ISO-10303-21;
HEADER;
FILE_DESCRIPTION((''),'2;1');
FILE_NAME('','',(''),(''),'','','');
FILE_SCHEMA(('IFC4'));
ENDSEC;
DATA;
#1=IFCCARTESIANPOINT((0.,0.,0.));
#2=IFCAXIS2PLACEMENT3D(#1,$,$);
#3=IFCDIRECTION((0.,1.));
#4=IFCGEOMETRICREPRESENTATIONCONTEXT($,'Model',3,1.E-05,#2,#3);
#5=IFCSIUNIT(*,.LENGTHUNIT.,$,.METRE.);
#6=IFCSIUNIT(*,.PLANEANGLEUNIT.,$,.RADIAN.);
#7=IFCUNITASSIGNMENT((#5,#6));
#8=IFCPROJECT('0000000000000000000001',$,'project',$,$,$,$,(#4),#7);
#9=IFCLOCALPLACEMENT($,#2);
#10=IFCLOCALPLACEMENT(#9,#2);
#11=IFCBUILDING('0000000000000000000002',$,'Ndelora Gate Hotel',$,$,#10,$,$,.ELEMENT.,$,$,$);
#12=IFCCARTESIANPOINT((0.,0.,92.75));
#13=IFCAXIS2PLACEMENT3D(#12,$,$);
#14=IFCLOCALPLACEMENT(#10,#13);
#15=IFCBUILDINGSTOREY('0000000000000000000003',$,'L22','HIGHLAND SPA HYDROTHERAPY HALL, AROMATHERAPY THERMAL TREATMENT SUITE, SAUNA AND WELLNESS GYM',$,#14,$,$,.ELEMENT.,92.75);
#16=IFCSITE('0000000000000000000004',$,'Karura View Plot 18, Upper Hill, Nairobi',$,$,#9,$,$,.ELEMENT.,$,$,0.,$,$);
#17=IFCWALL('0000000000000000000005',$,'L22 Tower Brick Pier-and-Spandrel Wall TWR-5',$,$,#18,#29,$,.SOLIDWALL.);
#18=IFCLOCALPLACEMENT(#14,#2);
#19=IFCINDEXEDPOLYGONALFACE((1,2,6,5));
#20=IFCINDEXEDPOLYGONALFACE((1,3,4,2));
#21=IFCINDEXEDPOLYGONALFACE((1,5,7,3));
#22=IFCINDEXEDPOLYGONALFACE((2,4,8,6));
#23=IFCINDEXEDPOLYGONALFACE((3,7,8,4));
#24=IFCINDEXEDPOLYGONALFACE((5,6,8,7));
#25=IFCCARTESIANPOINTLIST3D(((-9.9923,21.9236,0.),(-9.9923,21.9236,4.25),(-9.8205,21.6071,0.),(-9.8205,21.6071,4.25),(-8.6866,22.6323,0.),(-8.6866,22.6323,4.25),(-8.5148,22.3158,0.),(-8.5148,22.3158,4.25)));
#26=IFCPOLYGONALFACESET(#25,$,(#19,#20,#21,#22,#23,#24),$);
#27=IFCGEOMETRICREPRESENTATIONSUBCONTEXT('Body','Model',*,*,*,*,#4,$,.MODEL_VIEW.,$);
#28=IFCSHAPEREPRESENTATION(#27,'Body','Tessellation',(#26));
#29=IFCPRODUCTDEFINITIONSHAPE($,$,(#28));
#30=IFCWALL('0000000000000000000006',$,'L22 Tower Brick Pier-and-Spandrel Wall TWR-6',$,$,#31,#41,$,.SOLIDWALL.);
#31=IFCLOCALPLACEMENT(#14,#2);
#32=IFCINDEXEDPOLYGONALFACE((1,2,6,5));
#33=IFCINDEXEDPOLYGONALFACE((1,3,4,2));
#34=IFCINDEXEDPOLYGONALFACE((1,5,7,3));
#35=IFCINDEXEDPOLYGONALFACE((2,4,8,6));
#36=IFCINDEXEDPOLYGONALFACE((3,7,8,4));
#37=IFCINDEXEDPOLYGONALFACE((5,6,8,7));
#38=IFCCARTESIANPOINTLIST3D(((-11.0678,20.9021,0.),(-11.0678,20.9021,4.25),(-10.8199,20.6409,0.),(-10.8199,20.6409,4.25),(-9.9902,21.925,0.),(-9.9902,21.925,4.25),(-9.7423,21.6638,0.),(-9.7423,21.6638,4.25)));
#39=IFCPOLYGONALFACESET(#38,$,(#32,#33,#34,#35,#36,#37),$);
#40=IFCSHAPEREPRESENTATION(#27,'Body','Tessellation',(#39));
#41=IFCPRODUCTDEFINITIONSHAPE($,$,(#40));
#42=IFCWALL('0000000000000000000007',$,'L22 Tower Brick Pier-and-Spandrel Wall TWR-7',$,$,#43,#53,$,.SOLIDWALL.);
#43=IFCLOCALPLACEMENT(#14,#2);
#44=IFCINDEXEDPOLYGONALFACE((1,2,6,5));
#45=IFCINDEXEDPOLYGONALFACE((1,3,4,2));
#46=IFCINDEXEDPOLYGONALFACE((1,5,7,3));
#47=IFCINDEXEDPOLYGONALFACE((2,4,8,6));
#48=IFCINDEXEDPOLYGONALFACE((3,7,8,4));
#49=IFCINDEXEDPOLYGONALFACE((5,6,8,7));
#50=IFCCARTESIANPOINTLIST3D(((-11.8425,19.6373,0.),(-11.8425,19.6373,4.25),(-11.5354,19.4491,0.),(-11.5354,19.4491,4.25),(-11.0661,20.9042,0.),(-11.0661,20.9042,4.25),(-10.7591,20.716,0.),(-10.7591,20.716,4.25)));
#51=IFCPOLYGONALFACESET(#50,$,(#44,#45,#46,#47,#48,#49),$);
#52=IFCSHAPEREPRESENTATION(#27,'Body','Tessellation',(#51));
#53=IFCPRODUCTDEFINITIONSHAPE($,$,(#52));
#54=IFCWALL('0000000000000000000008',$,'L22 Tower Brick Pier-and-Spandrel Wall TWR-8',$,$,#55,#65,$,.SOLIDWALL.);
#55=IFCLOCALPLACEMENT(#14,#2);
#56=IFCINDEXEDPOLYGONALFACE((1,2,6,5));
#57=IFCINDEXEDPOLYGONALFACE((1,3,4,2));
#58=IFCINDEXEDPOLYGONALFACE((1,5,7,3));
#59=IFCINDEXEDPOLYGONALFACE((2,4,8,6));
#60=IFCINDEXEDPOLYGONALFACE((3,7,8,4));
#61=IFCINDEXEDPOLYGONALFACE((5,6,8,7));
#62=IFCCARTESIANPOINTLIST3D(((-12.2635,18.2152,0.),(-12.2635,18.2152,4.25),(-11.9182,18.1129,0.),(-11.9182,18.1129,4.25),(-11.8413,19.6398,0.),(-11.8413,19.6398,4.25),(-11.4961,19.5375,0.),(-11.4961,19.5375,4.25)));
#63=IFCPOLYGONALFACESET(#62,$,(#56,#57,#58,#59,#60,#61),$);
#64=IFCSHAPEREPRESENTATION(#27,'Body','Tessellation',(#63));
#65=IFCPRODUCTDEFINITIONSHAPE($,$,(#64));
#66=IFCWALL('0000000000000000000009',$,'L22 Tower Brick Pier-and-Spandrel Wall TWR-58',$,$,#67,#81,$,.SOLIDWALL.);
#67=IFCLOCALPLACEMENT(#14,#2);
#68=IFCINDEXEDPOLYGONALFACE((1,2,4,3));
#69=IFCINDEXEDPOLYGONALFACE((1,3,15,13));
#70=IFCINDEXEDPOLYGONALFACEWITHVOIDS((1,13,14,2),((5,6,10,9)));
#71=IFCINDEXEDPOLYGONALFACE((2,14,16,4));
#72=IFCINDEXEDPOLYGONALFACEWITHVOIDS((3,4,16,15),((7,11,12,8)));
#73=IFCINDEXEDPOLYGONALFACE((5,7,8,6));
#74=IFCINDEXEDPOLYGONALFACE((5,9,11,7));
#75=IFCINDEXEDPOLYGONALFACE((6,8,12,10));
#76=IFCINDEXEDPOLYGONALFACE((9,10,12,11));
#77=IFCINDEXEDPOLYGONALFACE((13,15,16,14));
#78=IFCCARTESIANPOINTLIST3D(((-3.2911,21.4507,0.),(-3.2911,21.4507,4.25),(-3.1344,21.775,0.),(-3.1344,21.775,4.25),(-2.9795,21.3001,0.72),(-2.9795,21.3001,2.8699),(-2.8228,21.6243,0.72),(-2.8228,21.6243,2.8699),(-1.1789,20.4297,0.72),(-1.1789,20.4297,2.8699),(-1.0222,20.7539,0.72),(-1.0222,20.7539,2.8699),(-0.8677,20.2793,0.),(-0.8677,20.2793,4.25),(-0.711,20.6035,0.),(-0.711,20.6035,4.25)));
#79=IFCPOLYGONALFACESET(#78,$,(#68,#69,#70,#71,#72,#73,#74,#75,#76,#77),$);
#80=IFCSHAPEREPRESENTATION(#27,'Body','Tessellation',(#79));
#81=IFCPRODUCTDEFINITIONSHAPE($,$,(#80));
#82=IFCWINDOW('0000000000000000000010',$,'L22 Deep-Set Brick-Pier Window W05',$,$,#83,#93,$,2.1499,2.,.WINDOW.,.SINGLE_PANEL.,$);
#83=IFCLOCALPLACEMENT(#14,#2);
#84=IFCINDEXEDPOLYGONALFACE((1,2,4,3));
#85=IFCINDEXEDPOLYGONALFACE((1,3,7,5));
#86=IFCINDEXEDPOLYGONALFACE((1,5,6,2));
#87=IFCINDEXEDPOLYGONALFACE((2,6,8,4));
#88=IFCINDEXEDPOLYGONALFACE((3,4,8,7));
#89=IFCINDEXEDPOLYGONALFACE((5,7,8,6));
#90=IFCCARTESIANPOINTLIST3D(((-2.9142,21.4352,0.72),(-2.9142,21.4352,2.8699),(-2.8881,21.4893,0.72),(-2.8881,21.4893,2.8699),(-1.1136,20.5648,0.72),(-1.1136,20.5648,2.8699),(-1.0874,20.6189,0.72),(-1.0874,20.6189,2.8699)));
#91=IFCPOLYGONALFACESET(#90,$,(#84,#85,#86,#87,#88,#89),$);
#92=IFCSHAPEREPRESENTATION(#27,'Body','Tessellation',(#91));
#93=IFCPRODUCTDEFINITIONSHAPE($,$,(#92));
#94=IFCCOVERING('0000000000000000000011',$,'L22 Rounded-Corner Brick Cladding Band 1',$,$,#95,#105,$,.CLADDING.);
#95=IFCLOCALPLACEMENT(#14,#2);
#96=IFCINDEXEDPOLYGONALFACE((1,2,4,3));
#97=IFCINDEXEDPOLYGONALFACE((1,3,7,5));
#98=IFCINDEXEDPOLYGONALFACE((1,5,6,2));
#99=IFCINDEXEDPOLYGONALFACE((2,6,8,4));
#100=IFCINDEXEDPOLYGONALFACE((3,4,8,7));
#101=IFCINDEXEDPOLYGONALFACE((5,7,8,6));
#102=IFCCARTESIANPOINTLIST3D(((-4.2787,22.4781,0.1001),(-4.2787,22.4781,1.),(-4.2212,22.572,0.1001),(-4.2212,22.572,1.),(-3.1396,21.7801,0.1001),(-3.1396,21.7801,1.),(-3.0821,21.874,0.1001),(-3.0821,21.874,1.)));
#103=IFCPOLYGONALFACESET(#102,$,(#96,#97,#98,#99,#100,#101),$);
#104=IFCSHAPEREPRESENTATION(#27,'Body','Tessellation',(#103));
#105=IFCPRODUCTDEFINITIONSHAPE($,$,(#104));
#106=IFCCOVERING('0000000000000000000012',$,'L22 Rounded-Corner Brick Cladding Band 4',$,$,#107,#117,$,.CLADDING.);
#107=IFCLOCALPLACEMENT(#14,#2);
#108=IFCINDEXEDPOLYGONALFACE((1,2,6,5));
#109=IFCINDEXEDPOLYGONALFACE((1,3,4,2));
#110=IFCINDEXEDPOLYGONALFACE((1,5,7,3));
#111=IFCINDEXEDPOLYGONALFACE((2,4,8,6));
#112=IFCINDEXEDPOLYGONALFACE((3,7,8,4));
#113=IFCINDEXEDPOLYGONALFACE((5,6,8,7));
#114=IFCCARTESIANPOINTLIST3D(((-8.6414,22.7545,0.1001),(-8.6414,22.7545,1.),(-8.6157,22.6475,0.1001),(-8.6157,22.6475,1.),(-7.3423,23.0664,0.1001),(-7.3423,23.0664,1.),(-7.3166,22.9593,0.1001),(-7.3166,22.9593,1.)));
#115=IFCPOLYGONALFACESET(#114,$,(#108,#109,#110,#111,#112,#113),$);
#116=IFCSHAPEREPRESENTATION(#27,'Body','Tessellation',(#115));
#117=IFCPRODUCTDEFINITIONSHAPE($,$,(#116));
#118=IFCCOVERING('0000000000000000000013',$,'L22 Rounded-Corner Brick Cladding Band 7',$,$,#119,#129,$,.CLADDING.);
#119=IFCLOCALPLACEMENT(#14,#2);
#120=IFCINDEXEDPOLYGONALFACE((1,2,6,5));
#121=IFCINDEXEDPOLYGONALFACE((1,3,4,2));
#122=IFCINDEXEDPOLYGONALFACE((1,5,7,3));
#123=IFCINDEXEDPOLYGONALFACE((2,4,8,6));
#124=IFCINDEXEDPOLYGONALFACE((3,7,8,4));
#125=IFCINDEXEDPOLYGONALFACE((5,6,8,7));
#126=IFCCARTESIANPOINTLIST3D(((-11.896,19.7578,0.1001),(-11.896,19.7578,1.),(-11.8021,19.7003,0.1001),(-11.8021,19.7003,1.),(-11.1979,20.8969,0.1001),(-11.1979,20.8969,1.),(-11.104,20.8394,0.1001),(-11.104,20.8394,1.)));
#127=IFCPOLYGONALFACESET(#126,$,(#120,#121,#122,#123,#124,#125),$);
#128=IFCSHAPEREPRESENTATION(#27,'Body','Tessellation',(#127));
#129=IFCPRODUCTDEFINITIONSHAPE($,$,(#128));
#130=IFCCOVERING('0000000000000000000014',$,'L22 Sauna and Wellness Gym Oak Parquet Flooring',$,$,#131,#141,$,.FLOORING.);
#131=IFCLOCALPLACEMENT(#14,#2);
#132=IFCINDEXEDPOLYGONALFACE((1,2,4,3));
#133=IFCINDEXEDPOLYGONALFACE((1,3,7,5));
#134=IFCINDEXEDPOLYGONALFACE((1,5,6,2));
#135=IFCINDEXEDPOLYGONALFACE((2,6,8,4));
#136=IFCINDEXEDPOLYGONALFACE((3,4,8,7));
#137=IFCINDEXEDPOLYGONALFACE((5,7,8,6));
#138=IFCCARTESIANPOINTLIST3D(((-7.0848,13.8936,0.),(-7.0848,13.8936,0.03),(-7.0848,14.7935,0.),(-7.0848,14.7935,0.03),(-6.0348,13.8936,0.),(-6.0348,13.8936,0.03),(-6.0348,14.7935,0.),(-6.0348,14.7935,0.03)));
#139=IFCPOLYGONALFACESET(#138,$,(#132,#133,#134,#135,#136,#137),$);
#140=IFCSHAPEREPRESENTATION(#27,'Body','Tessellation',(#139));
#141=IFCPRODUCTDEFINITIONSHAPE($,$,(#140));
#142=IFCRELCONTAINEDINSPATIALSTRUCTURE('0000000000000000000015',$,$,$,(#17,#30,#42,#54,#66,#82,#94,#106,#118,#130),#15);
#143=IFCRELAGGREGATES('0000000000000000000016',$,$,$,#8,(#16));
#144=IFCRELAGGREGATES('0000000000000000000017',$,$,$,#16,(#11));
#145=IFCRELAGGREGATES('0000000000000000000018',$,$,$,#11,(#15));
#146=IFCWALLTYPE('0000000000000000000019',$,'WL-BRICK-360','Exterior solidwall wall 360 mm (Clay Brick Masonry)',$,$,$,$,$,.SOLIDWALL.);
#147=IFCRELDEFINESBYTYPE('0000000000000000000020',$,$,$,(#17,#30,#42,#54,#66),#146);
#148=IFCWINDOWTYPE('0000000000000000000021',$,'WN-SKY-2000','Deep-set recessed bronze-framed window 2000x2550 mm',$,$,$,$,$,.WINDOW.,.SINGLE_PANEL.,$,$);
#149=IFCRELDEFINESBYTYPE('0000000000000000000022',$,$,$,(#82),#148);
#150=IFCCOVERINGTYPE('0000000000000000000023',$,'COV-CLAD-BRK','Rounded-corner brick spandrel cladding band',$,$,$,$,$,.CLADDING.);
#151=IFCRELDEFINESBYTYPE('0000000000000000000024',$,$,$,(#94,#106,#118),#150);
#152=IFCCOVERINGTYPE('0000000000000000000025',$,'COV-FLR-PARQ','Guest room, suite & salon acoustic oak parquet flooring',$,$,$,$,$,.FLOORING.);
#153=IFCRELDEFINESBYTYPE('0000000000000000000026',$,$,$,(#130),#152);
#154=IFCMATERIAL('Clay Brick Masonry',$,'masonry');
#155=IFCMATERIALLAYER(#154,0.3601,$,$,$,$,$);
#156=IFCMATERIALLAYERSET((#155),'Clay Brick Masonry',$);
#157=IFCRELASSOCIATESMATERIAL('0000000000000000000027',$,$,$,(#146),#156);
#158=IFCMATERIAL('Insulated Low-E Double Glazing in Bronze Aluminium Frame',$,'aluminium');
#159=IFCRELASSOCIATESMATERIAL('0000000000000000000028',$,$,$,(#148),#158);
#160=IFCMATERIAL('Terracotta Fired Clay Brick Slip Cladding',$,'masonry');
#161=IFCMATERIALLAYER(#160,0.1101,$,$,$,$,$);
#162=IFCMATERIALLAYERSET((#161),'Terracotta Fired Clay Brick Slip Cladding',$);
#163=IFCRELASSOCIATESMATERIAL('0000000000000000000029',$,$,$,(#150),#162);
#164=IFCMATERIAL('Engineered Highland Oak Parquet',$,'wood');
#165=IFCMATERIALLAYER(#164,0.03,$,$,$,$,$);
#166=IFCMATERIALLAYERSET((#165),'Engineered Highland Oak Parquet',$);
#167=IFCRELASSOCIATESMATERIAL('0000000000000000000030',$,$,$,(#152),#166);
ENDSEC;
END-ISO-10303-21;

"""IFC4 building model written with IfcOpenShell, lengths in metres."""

from ifc_helpers import new_model, si_unit, direction, frame, frame_2d, origin, origin_2d, place, context, subcontext, project, spatial, rectangle, extrude, material, layer, layer_set, type_object, element, fill, save


model = new_model("IFC4")

# Units and contexts
model_context = context("Model", 3, precision=1e-05, world=origin(), true_north=direction((0.0, 1.0)))
body_context = subcontext(model_context, "Body", "Model", "MODEL_VIEW")
ifc_project = project(units=[si_unit("LENGTHUNIT", "METRE"), si_unit("PLANEANGLEUNIT", "RADIAN")], contexts=[model_context])

# Site, building, storey
site_placement = place(None, origin())
site = spatial("IfcSite", under=ifc_project, at=site_placement, Name="Karura View Plot 18, Upper Hill, Nairobi", CompositionType="ELEMENT", RefElevation=0.0)
building_placement = place(site_placement, origin())
building = spatial("IfcBuilding", under=site, at=building_placement, Name="Ndelora Gate Hotel", CompositionType="ELEMENT")
storey_placement = place(building_placement, frame((0.0, 0.0, 92.75)))
storey = spatial("IfcBuildingStorey", under=building, at=storey_placement, Name="L22", Description="HIGHLAND SPA HYDROTHERAPY HALL, AROMATHERAPY THERMAL TREATMENT SUITE, SAUNA AND WELLNESS GYM", CompositionType="ELEMENT", Elevation=92.75)

# Walls
ifc_material_1 = material(Name="Clay Brick Masonry", Category="masonry")
ifc_layer_1 = layer(ifc_material_1, 0.3601)
ifc_layer_set_1 = layer_set([ifc_layer_1], Name="Clay Brick Masonry")
wall_type = type_object("IfcWallType", Name="WL-BRICK-360", Description="Exterior solidwall wall 360 mm (Clay Brick Masonry)", PredefinedType="SOLIDWALL", material=ifc_layer_set_1)
wall_1_placement = place(storey_placement, frame((-9.9062, 21.7654, 0.0), z_axis=(0.0, 0.0, 1.0), x_axis=(0.878867, 0.477066, 0.0)))
element("IfcWall", 1, at=wall_1_placement, inside=storey, type_object=wall_type, Name="L22 Tower Brick Pier-and-Spandrel Wall TWR-5", PredefinedType="SOLIDWALL", context=body_context, shape_type="SweptSolid", body=[
    extrude(rectangle(XDim=1.4856, YDim=0.3601, at=frame_2d((0.7427, 0.0))), origin(), (0.0, 0.0, 1.0), 4.25),
])
for number, where, z_axis, x_axis, name in (
    (2, (-10.9438, 20.7715, 0.0), (0.0, 0.0, 1.0), (0.72527, 0.688464, 0.0), "L22 Tower Brick Pier-and-Spandrel Wall TWR-6"),
    (3, (-11.689, 19.5432, 0.0), (0.0, 0.0, 1.0), (0.52252, 0.852627, 0.0), "L22 Tower Brick Pier-and-Spandrel Wall TWR-7"),
    (4, (-12.0908, 18.1641, 0.0), (0.0, 0.0, 1.0), (0.284105, 0.958793, 0.0), "L22 Tower Brick Pier-and-Spandrel Wall TWR-8"),
):
    element("IfcWall", number, at=place(storey_placement, frame(where, z_axis=z_axis, x_axis=x_axis)), inside=storey, type_object=wall_type, Name=name, PredefinedType="SOLIDWALL", context=body_context, shape_type="SweptSolid", body=[
        extrude(rectangle(XDim=1.4858, YDim=0.3601, at=frame_2d((0.7429, 0.0))), origin(), (0.0, 0.0, 1.0), 4.25),
    ])

# Wall, opening, window
wall_2_placement = place(storey_placement, frame((-3.2126, 21.6128, 0.0), z_axis=(0.0, 0.0, 1.0), x_axis=(0.900334, -0.435201, 0.0)))
wall_2 = element("IfcWall", 5, at=wall_2_placement, inside=storey, type_object=wall_type, Name="L22 Tower Brick Pier-and-Spandrel Wall TWR-58", PredefinedType="SOLIDWALL", context=body_context, shape_type="SweptSolid", body=[
    extrude(rectangle(XDim=2.6917, YDim=0.3601, at=frame_2d((1.3457, 0.0))), origin(), (0.0, 0.0, 1.0), 4.25),
])
opening_placement = place(wall_2_placement, frame((0.3459, 0.0, 0.72)))
opening = element("IfcOpeningElement", 6, at=opening_placement, cuts=wall_2, PredefinedType="OPENING", context=body_context, shape_type="SweptSolid", body=[
    extrude(rectangle(XDim=2.0, YDim=2.1499, at=frame_2d((1.0, 1.075))), frame((0.0, 0.1899, 0.0), z_axis=(0.0, -1.0, 0.0), x_axis=(1.0, 0.0, 0.0)), (0.0, 0.0, 1.0), 0.3801),
])
ifc_material_2 = material(Name="Insulated Low-E Double Glazing in Bronze Aluminium Frame", Category="aluminium")
window_type = type_object("IfcWindowType", Name="WN-SKY-2000", Description="Deep-set recessed bronze-framed window 2000x2550 mm", PartitioningType="SINGLE_PANEL", PredefinedType="WINDOW", material=ifc_material_2)
window_placement = place(opening_placement, origin())
window = element("IfcWindow", 7, at=window_placement, inside=storey, type_object=window_type, Name="L22 Deep-Set Brick-Pier Window W05", OverallHeight=2.1499, OverallWidth=2.0, PartitioningType="SINGLE_PANEL", PredefinedType="WINDOW", context=body_context, shape_type="SweptSolid", body=[
    extrude(rectangle(XDim=2.0, YDim=2.1499, at=frame_2d((1.0, 1.075))), frame((0.0, 0.03, 0.0), z_axis=(0.0, -1.0, 0.0), x_axis=(1.0, 0.0, 0.0)), (0.0, 0.0, 1.0), 0.0601),
])
fill(opening, window)

# Coverings
ifc_material_3 = material(Name="Terracotta Fired Clay Brick Slip Cladding", Category="masonry")
ifc_layer_2 = layer(ifc_material_3, 0.1101)
ifc_layer_set_2 = layer_set([ifc_layer_2], Name="Terracotta Fired Clay Brick Slip Cladding")
covering_type_1 = type_object("IfcCoveringType", Name="COV-CLAD-BRK", Description="Rounded-corner brick spandrel cladding band", PredefinedType="CLADDING", material=ifc_layer_set_2)
for number, where, z_axis, x_axis, name in (
    (8, (-3.6804, 22.176, 0.1001), (0.0, 0.0, 1.0), (-0.85264, 0.522499, 0.0), "L22 Rounded-Corner Brick Cladding Band 1"),
    (9, (-7.979, 22.8569, 0.1001), (0.0, 0.0, 1.0), (0.97237, 0.233445, 0.0), "L22 Rounded-Corner Brick Cladding Band 4"),
    (10, (-11.5, 20.2986, 0.1001), (0.0, 0.0, 1.0), (0.522499, 0.85264, 0.0), "L22 Rounded-Corner Brick Cladding Band 7"),
):
    element("IfcCovering", number, at=place(storey_placement, frame(where, z_axis=z_axis, x_axis=x_axis)), inside=storey, type_object=covering_type_1, Name=name, PredefinedType="CLADDING", context=body_context, shape_type="SweptSolid", body=[
        extrude(rectangle(XDim=1.3359, YDim=0.1101, at=origin_2d()), origin(), (0.0, 0.0, 1.0), 0.8999),
    ])
ifc_material_4 = material(Name="Engineered Highland Oak Parquet", Category="wood")
ifc_layer_3 = layer(ifc_material_4, 0.03)
ifc_layer_set_3 = layer_set([ifc_layer_3], Name="Engineered Highland Oak Parquet")
covering_type_2 = type_object("IfcCoveringType", Name="COV-FLR-PARQ", Description="Guest room, suite & salon acoustic oak parquet flooring", PredefinedType="FLOORING", material=ifc_layer_set_3)
covering_placement = place(storey_placement, frame((-6.5598, 14.3435, 0.0), z_axis=(0.0, 0.0, 1.0), x_axis=(1.0, 0.0, 0.0)))
element("IfcCovering", 11, at=covering_placement, inside=storey, type_object=covering_type_2, Name="L22 Sauna and Wellness Gym Oak Parquet Flooring", PredefinedType="FLOORING", context=body_context, shape_type="SweptSolid", body=[
    extrude(rectangle(XDim=1.05, YDim=0.8999, at=origin_2d()), origin(), (0.0, 0.0, 1.0), 0.03),
])

save(model, "model.ifc")
